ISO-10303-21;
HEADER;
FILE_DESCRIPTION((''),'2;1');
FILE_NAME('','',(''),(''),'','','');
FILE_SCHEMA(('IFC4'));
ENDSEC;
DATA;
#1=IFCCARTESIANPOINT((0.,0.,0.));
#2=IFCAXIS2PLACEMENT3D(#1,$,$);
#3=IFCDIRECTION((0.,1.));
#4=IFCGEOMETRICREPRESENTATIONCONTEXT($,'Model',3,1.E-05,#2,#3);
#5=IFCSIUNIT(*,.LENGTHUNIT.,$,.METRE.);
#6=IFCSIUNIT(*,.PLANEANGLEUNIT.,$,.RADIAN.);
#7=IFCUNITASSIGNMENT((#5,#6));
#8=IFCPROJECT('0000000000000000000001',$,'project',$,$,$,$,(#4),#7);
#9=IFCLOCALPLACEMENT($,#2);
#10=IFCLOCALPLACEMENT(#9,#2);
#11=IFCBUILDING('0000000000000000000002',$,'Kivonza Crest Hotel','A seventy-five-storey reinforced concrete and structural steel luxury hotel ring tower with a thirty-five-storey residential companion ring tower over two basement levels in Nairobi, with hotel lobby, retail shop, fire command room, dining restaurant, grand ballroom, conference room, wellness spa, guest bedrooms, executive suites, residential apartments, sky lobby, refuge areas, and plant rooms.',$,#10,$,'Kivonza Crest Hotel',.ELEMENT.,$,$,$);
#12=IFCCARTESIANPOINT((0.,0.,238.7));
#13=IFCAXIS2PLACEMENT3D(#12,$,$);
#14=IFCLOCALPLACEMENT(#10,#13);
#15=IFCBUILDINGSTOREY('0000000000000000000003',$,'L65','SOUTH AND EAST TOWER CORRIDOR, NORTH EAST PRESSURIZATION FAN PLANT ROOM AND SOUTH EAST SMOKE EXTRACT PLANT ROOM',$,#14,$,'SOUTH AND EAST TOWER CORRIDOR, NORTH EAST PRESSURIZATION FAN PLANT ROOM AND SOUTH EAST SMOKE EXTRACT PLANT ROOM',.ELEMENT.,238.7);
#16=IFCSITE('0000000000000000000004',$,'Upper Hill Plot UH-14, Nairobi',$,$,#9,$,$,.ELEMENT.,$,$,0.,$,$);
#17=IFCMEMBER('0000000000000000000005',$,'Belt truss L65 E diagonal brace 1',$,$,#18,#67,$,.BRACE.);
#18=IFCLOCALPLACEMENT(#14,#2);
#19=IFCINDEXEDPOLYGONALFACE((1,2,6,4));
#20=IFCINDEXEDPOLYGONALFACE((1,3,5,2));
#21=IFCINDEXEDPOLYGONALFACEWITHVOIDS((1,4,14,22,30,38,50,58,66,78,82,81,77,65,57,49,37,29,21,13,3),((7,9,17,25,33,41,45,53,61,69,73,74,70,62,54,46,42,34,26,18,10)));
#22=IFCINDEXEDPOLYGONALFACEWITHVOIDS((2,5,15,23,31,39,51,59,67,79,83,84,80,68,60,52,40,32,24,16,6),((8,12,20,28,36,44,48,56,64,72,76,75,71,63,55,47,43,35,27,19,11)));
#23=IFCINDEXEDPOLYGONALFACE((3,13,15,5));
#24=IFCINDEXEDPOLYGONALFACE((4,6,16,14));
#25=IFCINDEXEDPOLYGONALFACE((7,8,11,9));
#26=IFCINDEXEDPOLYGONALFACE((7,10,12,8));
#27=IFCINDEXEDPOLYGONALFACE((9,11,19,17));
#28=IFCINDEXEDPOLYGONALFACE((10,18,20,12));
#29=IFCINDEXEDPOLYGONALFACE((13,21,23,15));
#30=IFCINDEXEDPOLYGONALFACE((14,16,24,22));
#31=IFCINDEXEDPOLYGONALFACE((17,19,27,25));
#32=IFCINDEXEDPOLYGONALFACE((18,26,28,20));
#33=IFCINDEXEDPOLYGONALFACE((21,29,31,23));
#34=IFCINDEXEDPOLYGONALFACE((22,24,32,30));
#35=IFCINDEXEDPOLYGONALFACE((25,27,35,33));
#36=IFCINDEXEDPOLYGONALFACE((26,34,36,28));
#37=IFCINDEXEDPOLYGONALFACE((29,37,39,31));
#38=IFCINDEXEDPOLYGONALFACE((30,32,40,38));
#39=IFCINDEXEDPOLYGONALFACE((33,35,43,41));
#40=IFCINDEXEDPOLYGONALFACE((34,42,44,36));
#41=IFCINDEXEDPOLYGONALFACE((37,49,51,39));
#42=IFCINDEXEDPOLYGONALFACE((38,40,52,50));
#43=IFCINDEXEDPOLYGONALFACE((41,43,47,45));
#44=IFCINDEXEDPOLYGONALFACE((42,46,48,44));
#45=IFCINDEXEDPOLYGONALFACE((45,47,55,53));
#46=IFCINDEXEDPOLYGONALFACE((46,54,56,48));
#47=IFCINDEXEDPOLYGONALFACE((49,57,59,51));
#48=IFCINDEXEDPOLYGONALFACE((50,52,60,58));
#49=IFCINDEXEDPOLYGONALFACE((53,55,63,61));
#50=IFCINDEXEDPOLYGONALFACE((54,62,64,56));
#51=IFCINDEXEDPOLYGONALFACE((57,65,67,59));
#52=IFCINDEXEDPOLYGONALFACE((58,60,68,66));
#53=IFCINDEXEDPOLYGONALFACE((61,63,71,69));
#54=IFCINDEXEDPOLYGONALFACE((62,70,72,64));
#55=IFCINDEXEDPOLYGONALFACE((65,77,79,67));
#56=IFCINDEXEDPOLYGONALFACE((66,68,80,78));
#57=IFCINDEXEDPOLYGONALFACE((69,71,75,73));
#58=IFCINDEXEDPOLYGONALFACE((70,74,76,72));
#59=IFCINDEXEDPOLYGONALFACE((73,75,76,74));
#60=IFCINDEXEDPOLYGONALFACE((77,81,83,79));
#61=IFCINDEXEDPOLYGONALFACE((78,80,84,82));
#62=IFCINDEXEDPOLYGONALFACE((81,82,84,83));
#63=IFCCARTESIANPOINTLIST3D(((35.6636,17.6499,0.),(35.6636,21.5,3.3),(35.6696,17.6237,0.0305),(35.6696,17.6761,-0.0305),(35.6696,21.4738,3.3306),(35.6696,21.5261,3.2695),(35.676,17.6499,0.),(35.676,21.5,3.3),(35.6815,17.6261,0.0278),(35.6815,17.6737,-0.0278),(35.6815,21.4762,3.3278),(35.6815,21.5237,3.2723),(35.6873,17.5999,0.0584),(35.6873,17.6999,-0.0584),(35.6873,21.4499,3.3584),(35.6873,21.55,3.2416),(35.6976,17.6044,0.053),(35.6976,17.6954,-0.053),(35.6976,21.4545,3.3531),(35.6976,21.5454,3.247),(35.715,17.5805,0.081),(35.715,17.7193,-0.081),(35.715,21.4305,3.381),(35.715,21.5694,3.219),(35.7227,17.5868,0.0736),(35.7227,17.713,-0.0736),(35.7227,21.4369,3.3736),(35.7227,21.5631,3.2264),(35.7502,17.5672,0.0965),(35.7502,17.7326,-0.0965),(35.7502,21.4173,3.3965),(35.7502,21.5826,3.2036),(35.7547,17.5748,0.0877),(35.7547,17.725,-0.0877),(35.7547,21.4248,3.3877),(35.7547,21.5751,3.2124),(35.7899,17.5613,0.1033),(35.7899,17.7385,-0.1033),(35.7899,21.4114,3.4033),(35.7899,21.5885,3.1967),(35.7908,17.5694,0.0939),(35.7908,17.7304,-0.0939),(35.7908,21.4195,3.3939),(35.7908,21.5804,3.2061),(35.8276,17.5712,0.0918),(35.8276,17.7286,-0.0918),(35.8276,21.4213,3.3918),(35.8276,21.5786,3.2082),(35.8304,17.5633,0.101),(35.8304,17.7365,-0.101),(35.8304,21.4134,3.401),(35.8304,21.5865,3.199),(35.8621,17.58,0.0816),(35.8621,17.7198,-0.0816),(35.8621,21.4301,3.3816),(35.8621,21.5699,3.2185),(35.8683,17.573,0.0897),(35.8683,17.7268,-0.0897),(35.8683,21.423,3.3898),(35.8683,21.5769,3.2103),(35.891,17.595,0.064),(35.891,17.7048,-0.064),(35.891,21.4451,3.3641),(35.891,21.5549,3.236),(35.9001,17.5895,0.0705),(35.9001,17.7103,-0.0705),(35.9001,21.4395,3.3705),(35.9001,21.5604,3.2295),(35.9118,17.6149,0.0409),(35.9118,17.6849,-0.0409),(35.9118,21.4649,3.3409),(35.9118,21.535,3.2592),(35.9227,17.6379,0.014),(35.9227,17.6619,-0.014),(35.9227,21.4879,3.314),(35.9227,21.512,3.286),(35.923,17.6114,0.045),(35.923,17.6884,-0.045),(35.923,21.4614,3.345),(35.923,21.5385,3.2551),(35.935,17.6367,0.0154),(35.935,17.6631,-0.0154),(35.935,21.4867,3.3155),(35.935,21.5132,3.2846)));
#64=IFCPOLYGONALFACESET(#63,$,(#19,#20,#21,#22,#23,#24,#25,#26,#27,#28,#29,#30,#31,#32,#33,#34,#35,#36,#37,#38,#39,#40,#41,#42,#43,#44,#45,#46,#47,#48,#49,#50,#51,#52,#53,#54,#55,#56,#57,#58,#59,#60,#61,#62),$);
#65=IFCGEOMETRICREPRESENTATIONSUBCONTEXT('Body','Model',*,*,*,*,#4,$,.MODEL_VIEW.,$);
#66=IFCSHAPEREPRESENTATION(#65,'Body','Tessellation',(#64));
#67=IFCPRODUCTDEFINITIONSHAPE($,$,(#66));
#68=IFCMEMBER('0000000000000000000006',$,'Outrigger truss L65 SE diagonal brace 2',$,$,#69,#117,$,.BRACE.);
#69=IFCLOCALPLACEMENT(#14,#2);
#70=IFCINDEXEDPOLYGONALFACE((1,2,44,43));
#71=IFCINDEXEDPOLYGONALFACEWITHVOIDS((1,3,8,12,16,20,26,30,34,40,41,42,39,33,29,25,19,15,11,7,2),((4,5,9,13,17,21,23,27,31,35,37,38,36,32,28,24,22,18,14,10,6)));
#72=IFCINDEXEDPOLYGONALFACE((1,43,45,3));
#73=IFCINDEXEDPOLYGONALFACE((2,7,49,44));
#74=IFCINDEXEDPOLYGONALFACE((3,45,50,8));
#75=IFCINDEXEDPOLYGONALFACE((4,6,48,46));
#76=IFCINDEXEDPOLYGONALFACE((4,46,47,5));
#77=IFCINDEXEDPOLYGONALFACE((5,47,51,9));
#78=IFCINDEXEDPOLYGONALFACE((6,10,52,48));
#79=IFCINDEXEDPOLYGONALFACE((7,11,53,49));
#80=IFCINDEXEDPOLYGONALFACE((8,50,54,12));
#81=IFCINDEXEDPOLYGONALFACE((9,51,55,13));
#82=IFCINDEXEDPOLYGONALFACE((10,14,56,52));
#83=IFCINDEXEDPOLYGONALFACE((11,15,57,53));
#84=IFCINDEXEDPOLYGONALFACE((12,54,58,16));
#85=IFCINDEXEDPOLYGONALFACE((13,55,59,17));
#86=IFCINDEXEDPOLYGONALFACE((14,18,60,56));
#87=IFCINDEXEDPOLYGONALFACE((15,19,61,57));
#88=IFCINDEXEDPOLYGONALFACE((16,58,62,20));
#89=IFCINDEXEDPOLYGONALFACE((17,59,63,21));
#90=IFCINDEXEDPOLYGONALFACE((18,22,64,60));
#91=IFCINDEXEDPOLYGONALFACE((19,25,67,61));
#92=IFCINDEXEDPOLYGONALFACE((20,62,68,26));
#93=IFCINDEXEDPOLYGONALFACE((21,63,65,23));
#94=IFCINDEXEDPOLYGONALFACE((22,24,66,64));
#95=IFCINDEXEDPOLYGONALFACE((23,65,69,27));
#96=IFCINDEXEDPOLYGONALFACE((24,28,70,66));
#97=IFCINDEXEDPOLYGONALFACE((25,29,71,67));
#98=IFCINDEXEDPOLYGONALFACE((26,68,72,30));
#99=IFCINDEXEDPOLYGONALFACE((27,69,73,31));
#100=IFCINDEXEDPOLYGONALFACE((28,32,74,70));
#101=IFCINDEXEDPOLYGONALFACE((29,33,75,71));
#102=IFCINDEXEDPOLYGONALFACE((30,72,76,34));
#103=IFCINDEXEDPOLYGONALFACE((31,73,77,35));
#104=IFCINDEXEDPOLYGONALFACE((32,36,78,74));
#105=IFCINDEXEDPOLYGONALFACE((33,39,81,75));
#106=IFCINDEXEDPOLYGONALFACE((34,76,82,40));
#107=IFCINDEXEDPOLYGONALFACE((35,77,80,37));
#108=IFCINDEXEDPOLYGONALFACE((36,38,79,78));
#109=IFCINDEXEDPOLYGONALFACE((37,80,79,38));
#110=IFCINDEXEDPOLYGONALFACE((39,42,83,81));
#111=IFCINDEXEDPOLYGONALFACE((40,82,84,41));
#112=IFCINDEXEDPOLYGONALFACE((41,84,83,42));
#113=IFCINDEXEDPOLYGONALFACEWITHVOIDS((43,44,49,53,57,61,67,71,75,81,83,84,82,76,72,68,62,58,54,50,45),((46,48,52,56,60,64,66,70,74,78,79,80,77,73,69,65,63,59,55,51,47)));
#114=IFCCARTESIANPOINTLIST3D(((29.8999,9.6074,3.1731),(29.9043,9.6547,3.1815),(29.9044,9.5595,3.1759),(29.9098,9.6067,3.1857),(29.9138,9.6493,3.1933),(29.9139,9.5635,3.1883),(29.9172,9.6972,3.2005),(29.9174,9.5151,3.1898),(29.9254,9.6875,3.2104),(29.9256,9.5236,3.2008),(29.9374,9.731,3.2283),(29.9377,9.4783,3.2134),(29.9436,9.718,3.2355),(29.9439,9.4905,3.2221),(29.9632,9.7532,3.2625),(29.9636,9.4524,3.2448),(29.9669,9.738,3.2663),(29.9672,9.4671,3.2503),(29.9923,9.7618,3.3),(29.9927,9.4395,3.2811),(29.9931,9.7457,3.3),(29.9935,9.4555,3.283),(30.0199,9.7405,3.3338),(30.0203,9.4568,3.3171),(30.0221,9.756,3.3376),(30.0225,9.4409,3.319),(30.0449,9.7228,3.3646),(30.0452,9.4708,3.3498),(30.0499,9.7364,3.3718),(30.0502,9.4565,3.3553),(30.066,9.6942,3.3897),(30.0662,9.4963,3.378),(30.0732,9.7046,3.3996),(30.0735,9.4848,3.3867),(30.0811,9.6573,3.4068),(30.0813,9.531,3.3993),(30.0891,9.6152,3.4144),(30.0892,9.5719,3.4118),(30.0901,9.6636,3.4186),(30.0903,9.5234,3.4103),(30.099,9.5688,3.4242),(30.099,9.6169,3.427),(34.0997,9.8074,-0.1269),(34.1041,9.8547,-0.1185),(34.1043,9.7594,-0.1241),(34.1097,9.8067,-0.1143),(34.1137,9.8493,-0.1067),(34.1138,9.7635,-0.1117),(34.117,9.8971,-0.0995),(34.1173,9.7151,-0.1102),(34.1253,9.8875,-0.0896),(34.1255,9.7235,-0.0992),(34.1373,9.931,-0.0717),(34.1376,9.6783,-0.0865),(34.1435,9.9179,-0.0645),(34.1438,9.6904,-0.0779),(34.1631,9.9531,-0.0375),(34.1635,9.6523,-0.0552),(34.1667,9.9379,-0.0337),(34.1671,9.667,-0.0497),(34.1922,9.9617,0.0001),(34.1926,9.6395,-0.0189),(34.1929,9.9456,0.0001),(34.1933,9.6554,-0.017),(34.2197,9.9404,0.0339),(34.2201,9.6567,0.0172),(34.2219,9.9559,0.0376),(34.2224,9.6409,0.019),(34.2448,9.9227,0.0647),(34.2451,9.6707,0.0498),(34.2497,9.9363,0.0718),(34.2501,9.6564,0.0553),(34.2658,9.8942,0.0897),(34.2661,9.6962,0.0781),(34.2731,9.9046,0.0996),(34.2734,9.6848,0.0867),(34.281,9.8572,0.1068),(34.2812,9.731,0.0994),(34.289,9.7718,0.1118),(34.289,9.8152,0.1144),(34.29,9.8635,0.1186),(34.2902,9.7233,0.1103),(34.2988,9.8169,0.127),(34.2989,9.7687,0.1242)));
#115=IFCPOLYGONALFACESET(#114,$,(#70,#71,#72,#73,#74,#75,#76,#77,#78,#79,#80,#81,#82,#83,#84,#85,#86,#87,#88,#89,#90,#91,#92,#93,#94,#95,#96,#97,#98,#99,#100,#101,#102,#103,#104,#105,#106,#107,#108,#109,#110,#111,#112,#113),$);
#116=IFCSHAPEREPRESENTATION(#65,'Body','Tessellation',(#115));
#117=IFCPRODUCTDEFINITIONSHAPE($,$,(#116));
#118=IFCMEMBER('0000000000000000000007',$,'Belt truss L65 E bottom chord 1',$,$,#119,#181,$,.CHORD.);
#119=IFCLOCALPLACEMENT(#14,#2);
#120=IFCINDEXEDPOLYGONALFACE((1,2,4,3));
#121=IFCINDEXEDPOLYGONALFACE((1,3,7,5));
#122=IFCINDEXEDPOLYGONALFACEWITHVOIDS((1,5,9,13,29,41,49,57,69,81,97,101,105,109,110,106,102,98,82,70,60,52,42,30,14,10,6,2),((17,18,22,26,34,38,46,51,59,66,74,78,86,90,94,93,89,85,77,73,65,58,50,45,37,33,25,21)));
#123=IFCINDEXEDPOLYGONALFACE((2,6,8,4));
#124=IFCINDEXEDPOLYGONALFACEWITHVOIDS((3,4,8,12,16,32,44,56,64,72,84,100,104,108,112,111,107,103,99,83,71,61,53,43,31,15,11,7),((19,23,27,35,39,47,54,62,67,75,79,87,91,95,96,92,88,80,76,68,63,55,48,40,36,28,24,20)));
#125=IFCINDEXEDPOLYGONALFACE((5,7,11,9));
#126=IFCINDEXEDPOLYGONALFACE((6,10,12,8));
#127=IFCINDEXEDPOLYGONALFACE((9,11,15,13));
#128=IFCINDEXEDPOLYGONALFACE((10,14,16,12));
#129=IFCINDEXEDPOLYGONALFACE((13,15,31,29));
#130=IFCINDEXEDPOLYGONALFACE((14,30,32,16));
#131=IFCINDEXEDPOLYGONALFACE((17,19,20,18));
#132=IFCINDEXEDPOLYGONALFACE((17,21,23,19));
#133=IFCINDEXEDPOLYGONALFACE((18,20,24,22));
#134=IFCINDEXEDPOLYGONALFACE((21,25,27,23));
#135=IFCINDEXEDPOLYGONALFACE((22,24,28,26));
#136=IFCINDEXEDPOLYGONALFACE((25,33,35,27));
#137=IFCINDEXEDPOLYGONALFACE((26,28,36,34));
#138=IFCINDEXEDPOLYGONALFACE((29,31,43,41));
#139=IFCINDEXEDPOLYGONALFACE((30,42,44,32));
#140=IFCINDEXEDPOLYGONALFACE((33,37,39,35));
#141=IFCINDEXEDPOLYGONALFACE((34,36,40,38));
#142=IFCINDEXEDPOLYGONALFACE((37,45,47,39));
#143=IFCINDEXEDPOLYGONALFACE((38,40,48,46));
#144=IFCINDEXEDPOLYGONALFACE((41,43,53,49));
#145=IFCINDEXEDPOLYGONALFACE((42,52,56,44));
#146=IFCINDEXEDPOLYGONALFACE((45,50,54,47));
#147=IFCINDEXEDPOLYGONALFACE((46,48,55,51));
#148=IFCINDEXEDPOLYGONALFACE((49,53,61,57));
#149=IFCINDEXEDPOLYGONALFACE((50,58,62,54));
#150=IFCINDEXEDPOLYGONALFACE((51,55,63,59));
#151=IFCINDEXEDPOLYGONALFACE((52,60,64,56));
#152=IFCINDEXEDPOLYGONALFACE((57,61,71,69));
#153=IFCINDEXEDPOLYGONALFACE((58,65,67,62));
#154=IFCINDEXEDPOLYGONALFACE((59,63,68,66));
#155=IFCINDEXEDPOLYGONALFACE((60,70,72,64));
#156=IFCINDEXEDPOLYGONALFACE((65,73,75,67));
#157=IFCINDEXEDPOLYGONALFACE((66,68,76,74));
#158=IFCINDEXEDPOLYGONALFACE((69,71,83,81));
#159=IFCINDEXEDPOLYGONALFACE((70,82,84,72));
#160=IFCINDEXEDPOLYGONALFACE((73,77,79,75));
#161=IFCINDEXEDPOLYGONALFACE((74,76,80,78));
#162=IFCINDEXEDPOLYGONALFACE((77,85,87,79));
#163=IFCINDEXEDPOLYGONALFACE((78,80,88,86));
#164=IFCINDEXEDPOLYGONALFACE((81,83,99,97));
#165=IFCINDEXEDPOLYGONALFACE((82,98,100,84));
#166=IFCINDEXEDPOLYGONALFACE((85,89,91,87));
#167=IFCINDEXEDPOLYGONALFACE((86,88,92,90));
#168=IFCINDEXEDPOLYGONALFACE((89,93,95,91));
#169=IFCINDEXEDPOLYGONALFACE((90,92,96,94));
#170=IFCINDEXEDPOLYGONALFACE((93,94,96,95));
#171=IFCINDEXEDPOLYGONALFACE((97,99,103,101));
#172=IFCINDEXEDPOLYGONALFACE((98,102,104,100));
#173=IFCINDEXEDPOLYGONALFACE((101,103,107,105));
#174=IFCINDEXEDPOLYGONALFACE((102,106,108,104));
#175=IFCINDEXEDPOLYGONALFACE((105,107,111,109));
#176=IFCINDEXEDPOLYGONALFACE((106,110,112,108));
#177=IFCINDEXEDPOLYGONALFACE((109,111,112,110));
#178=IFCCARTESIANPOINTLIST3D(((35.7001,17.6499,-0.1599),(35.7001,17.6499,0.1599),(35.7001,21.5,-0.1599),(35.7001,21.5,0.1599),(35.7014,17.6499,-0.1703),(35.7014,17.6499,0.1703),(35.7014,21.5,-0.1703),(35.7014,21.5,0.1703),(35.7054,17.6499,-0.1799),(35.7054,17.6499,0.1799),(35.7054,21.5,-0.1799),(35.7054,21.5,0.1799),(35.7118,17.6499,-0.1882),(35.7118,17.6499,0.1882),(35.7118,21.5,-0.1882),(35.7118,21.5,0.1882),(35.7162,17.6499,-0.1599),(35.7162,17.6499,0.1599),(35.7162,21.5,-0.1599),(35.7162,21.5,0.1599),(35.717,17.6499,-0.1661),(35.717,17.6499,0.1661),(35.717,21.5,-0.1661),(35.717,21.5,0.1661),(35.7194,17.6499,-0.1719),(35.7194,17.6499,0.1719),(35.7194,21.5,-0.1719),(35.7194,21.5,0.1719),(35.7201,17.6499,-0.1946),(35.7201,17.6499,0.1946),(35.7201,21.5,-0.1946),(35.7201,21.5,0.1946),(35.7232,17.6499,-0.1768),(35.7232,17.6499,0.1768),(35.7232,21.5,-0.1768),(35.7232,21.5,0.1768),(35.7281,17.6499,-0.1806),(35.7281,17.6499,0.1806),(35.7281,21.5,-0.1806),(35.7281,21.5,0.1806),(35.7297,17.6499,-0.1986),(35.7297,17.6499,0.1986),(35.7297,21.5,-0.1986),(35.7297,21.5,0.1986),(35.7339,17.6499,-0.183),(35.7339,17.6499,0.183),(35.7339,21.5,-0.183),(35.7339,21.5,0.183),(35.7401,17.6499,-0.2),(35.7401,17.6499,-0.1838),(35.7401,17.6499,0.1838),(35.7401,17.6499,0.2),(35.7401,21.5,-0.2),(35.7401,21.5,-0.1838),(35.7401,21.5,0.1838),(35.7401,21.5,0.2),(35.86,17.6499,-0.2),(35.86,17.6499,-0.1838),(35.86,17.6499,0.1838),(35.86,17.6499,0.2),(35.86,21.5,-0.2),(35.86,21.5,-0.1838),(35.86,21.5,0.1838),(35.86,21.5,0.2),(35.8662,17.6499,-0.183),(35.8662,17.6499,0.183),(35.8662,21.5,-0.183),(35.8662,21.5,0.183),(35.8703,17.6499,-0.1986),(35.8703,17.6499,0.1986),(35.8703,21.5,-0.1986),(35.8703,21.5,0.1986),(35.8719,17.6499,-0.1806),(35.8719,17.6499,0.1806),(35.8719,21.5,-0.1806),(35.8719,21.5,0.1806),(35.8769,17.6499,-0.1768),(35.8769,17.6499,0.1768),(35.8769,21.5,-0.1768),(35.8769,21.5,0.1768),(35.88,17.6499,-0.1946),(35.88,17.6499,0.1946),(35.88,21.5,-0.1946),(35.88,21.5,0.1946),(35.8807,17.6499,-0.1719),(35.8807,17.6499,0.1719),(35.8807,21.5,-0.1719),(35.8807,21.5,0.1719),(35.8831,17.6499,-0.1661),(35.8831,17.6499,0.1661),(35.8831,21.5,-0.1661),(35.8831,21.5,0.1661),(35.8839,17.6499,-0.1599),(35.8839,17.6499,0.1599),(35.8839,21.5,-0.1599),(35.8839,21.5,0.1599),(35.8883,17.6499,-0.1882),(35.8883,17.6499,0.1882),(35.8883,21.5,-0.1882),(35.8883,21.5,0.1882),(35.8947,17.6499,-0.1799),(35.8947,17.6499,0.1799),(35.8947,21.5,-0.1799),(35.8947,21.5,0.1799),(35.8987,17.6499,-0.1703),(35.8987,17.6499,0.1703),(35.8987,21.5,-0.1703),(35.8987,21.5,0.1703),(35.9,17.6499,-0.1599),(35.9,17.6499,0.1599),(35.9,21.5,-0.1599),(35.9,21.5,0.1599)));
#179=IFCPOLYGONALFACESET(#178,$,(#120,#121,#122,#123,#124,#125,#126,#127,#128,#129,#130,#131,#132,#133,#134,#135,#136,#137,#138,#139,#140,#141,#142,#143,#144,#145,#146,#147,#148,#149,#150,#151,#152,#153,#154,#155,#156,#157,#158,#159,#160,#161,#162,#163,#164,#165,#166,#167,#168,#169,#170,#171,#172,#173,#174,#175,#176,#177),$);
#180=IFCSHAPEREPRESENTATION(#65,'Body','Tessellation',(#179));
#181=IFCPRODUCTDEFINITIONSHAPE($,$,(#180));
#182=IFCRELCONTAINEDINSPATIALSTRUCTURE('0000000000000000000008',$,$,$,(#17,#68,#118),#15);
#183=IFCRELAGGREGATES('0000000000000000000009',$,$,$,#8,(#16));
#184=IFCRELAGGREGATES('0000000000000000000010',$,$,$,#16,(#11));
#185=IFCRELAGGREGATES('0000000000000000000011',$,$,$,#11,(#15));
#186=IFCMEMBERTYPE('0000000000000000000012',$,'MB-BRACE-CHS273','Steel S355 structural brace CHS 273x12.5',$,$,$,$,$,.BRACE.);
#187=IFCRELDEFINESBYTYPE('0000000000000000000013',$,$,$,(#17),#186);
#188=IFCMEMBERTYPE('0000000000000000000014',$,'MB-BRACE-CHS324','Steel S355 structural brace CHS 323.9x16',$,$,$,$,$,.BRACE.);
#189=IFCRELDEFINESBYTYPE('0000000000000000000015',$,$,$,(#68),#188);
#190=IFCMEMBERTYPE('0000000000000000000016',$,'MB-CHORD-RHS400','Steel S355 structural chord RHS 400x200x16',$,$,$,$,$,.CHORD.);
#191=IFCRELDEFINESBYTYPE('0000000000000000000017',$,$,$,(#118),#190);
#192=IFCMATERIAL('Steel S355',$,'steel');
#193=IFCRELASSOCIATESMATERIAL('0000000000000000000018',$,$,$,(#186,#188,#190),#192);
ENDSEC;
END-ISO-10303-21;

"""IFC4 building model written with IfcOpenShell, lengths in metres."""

from ifc_helpers import new_model, si_unit, direction, frame, origin, origin_2d, place, context, subcontext, project, spatial, hollow_rectangle, hollow_circle, extrude, material, material_profile, profile_set, type_object, element, save


model = new_model("IFC4")

# Units and contexts
model_context = context("Model", 3, precision=1e-05, world=origin(), true_north=direction((0.0, 1.0)))
body_context = subcontext(model_context, "Body", "Model", "MODEL_VIEW")
ifc_project = project(units=[si_unit("LENGTHUNIT", "METRE"), si_unit("PLANEANGLEUNIT", "RADIAN")], contexts=[model_context])

# Site, building, storey
site_placement = place(None, origin())
site = spatial("IfcSite", under=ifc_project, at=site_placement, Name="Upper Hill Plot UH-14, Nairobi", CompositionType="ELEMENT", RefElevation=0.0)
building_placement = place(site_placement, origin())
building = spatial("IfcBuilding", under=site, at=building_placement, Name="Kivonza Crest Hotel", Description="A seventy-five-storey reinforced concrete and structural steel luxury hotel ring tower with a thirty-five-storey residential companion ring tower over two basement levels in Nairobi, with hotel lobby, retail shop, fire command room, dining restaurant, grand ballroom, conference room, wellness spa, guest bedrooms, executive suites, residential apartments, sky lobby, refuge areas, and plant rooms.", LongName="Kivonza Crest Hotel", CompositionType="ELEMENT")
storey_placement = place(building_placement, frame((0.0, 0.0, 238.7)))
storey = spatial("IfcBuildingStorey", under=building, at=storey_placement, Name="L65", Description="SOUTH AND EAST TOWER CORRIDOR, NORTH EAST PRESSURIZATION FAN PLANT ROOM AND SOUTH EAST SMOKE EXTRACT PLANT ROOM", LongName="SOUTH AND EAST TOWER CORRIDOR, NORTH EAST PRESSURIZATION FAN PLANT ROOM AND SOUTH EAST SMOKE EXTRACT PLANT ROOM", CompositionType="ELEMENT", Elevation=238.7)

# Shared definitions
ifc_material_1 = material(Name="Steel S355", Category="steel")

# Members
ifc_material_profile_1 = material_profile(ifc_material_1, hollow_circle(Radius=0.1365, WallThickness=0.0125, at=origin_2d()), Name="CHS 273x12.5")
ifc_profile_set_1 = profile_set([ifc_material_profile_1], Name="Steel S355")
member_type_1 = type_object("IfcMemberType", Name="MB-BRACE-CHS273", Description="Steel S355 structural brace CHS 273x12.5", PredefinedType="BRACE", material=ifc_profile_set_1)
member_1_placement = place(storey_placement, frame((35.8, 17.6499, 0.0), z_axis=(0.0, 0.75926, 0.650787), x_axis=(-1.0, 0.0, 0.0)))
element("IfcMember", 1, at=member_1_placement, inside=storey, type_object=member_type_1, Name="Belt truss L65 E diagonal brace 1", PredefinedType="BRACE", context=body_context, shape_type="SweptSolid", body=[
    extrude(hollow_circle(Radius=0.1365, WallThickness=0.0125, at=origin_2d()), origin(), (0.0, 0.0, 1.0), 5.0708),
])
ifc_material_profile_2 = material_profile(ifc_material_1, hollow_circle(Radius=0.1619, WallThickness=0.0161, at=origin_2d()), Name="CHS 323.9x16")
ifc_profile_set_2 = profile_set([ifc_material_profile_2], Name="Steel S355")
member_type_2 = type_object("IfcMemberType", Name="MB-BRACE-CHS324", Description="Steel S355 structural brace CHS 323.9x16", PredefinedType="BRACE", material=ifc_profile_set_2)
member_2_placement = place(storey_placement, frame((30.0, 9.6001, 3.3), z_axis=(0.78576, 0.037408, -0.617399), x_axis=(-0.047554, 0.998869, 0.0)))
element("IfcMember", 2, at=member_2_placement, inside=storey, type_object=member_type_2, Name="Outrigger truss L65 SE diagonal brace 2", PredefinedType="BRACE", context=body_context, shape_type="SweptSolid", body=[
    extrude(hollow_circle(Radius=0.1619, WallThickness=0.0161, at=origin_2d()), origin(), (0.0, 0.0, 1.0), 5.345),
])
ifc_material_profile_3 = material_profile(ifc_material_1, hollow_rectangle(XDim=0.2, YDim=0.3999, WallThickness=0.0161, InnerFilletRadius=0.0239, OuterFilletRadius=0.04, at=origin_2d()), Name="RHS 400x200x16")
ifc_profile_set_3 = profile_set([ifc_material_profile_3], Name="Steel S355")
member_type_3 = type_object("IfcMemberType", Name="MB-CHORD-RHS400", Description="Steel S355 structural chord RHS 400x200x16", PredefinedType="CHORD", material=ifc_profile_set_3)
for number, where, z_axis, x_axis, name in (
    (3, (35.8, 17.6499, 0.0), (0.0, 1.0, 0.0), (-1.0, 0.0, 0.0), "Belt truss L65 E bottom chord 1"),
):
    element("IfcMember", number, at=place(storey_placement, frame(where, z_axis=z_axis, x_axis=x_axis)), inside=storey, type_object=member_type_3, Name=name, PredefinedType="CHORD", context=body_context, shape_type="SweptSolid", body=[
        extrude(hollow_rectangle(XDim=0.2, YDim=0.3999, WallThickness=0.0161, InnerFilletRadius=0.0239, OuterFilletRadius=0.04, at=origin_2d()), origin(), (0.0, 0.0, 1.0), 3.8501),
    ])

save(model, "model.ifc")
